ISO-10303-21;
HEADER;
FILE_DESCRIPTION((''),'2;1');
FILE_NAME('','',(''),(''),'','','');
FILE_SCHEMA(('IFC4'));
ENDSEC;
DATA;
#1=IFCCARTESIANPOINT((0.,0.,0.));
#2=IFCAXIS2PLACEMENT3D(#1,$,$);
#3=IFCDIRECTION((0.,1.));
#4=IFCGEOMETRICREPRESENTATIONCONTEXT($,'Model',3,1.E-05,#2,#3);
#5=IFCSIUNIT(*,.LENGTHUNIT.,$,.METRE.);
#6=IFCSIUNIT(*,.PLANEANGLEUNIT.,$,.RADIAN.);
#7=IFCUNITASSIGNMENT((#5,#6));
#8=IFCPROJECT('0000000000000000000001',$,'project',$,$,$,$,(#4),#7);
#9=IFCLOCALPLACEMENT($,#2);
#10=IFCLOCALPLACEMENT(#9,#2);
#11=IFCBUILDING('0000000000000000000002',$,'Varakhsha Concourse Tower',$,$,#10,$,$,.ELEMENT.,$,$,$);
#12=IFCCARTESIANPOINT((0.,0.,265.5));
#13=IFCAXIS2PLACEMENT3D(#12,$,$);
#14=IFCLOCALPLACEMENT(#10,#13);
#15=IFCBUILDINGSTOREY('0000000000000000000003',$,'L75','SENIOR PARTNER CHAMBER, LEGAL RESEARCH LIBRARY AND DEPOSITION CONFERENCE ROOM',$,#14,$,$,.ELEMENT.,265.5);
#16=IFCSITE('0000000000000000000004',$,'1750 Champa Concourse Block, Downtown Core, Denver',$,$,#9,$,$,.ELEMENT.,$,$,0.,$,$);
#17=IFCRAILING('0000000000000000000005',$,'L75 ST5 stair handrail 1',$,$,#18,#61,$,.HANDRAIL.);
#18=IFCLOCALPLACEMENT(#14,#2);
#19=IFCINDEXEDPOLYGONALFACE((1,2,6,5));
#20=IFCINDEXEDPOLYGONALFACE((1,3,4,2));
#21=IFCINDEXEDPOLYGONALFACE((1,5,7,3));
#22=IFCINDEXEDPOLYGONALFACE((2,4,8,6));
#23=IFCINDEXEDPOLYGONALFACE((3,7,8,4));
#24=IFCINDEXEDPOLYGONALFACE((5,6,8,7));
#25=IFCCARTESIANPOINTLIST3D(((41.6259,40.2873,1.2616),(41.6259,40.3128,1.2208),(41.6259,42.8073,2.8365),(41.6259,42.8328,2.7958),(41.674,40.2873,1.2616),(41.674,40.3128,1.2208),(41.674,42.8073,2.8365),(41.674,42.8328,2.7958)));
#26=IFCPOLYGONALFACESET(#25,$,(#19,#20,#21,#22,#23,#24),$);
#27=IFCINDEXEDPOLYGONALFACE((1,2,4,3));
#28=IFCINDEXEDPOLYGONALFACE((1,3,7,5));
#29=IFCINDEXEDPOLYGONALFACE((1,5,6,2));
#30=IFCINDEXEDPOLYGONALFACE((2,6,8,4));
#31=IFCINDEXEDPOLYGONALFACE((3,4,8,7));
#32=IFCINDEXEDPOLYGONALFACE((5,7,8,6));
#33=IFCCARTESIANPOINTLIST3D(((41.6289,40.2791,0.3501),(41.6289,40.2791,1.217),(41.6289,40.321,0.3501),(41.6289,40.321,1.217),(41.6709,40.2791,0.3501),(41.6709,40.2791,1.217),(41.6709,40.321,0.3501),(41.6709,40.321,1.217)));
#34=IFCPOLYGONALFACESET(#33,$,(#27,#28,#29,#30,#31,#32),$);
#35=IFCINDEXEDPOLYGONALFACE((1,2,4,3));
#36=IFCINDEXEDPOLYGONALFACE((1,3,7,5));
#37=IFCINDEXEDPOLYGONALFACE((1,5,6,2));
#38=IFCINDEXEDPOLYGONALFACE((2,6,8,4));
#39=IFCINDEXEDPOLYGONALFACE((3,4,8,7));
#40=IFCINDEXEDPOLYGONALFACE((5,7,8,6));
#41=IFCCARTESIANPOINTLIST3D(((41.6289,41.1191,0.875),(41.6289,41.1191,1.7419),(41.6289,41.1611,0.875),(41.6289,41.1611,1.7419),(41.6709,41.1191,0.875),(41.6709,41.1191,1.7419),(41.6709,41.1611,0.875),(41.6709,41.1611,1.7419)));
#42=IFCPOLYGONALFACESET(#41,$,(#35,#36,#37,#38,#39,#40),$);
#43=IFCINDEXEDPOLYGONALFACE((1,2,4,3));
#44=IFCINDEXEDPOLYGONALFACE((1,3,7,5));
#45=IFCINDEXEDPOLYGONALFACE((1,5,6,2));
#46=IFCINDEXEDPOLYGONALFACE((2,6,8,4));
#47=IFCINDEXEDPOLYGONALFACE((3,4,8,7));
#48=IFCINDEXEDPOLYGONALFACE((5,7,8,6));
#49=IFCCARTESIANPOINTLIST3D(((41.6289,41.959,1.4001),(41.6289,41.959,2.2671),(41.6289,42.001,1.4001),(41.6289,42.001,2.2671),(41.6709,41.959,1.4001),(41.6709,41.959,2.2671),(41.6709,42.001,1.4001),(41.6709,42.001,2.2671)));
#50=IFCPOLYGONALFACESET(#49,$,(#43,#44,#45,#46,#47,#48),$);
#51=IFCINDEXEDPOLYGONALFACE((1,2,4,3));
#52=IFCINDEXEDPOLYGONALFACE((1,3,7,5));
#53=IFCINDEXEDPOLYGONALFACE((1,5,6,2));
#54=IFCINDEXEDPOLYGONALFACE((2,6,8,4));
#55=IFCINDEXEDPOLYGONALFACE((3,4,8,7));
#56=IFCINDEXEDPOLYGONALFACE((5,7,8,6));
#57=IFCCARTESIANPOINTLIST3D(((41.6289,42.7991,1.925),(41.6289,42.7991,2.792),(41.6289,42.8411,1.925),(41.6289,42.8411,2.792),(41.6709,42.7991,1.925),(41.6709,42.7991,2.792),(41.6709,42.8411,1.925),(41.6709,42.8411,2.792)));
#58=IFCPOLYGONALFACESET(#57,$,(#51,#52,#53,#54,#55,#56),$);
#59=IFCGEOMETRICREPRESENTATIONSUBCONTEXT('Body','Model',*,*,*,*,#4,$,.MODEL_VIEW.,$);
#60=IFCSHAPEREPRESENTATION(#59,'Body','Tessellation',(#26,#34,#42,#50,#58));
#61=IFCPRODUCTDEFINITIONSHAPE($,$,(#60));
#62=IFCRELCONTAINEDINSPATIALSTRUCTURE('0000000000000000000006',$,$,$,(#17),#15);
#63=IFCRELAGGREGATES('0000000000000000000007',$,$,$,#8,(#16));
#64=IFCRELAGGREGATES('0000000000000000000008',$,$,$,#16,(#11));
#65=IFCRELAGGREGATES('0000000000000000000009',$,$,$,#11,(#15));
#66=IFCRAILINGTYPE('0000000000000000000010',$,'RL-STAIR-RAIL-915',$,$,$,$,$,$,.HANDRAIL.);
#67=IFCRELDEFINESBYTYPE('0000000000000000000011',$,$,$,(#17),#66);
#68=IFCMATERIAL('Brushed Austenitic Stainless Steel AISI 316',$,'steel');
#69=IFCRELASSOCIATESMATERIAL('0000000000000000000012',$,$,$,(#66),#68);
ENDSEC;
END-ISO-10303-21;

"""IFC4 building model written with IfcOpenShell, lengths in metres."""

from ifc_helpers import new_model, si_unit, direction, frame, origin, origin_2d, place, context, subcontext, project, spatial, rectangle, extrude, material, type_object, element, save


model = new_model("IFC4")

# Units and contexts
model_context = context("Model", 3, precision=1e-05, world=origin(), true_north=direction((0.0, 1.0)))
body_context = subcontext(model_context, "Body", "Model", "MODEL_VIEW")
ifc_project = project(units=[si_unit("LENGTHUNIT", "METRE"), si_unit("PLANEANGLEUNIT", "RADIAN")], contexts=[model_context])

# Site, building, storey
site_placement = place(None, origin())
site = spatial("IfcSite", under=ifc_project, at=site_placement, Name="1750 Champa Concourse Block, Downtown Core, Denver", CompositionType="ELEMENT", RefElevation=0.0)
building_placement = place(site_placement, origin())
building = spatial("IfcBuilding", under=site, at=building_placement, Name="Varakhsha Concourse Tower", CompositionType="ELEMENT")
storey_placement = place(building_placement, frame((0.0, 0.0, 265.5)))
storey = spatial("IfcBuildingStorey", under=building, at=storey_placement, Name="L75", Description="SENIOR PARTNER CHAMBER, LEGAL RESEARCH LIBRARY AND DEPOSITION CONFERENCE ROOM", CompositionType="ELEMENT", Elevation=265.5)

# Railing
ifc_material_1 = material(Name="Brushed Austenitic Stainless Steel AISI 316", Category="steel")
railing_type_1 = type_object("IfcRailingType", Name="RL-STAIR-RAIL-915", PredefinedType="HANDRAIL", material=ifc_material_1)
railing_1_placement = place(storey_placement, frame((41.6499, 40.3, 0.3501)))
element("IfcRailing", 1, at=railing_1_placement, inside=storey, type_object=railing_type_1, Name="L75 ST5 stair handrail 1", PredefinedType="HANDRAIL", context=body_context, shape_type="SweptSolid", body=[
    extrude(rectangle(XDim=0.0481, YDim=0.0481, at=origin_2d()), frame((0.0, 0.0, 0.8911), z_axis=(0.0, 0.848008, 0.529984), x_axis=(-1.0, 0.0, 0.0)), (0.0, 0.0, 1.0), 2.9717),
    extrude(rectangle(XDim=0.042, YDim=0.042, at=origin_2d()), origin(), (0.0, 0.0, 1.0), 0.8669),
    extrude(rectangle(XDim=0.042, YDim=0.042, at=origin_2d()), frame((0.0, 0.8401, 0.5249)), (0.0, 0.0, 1.0), 0.8669),
    extrude(rectangle(XDim=0.042, YDim=0.042, at=origin_2d()), frame((0.0, 1.6799, 1.05)), (0.0, 0.0, 1.0), 0.8669),
    extrude(rectangle(XDim=0.042, YDim=0.042, at=origin_2d()), frame((0.0, 2.52, 1.575)), (0.0, 0.0, 1.0), 0.8669),
])

save(model, "model.ifc")
